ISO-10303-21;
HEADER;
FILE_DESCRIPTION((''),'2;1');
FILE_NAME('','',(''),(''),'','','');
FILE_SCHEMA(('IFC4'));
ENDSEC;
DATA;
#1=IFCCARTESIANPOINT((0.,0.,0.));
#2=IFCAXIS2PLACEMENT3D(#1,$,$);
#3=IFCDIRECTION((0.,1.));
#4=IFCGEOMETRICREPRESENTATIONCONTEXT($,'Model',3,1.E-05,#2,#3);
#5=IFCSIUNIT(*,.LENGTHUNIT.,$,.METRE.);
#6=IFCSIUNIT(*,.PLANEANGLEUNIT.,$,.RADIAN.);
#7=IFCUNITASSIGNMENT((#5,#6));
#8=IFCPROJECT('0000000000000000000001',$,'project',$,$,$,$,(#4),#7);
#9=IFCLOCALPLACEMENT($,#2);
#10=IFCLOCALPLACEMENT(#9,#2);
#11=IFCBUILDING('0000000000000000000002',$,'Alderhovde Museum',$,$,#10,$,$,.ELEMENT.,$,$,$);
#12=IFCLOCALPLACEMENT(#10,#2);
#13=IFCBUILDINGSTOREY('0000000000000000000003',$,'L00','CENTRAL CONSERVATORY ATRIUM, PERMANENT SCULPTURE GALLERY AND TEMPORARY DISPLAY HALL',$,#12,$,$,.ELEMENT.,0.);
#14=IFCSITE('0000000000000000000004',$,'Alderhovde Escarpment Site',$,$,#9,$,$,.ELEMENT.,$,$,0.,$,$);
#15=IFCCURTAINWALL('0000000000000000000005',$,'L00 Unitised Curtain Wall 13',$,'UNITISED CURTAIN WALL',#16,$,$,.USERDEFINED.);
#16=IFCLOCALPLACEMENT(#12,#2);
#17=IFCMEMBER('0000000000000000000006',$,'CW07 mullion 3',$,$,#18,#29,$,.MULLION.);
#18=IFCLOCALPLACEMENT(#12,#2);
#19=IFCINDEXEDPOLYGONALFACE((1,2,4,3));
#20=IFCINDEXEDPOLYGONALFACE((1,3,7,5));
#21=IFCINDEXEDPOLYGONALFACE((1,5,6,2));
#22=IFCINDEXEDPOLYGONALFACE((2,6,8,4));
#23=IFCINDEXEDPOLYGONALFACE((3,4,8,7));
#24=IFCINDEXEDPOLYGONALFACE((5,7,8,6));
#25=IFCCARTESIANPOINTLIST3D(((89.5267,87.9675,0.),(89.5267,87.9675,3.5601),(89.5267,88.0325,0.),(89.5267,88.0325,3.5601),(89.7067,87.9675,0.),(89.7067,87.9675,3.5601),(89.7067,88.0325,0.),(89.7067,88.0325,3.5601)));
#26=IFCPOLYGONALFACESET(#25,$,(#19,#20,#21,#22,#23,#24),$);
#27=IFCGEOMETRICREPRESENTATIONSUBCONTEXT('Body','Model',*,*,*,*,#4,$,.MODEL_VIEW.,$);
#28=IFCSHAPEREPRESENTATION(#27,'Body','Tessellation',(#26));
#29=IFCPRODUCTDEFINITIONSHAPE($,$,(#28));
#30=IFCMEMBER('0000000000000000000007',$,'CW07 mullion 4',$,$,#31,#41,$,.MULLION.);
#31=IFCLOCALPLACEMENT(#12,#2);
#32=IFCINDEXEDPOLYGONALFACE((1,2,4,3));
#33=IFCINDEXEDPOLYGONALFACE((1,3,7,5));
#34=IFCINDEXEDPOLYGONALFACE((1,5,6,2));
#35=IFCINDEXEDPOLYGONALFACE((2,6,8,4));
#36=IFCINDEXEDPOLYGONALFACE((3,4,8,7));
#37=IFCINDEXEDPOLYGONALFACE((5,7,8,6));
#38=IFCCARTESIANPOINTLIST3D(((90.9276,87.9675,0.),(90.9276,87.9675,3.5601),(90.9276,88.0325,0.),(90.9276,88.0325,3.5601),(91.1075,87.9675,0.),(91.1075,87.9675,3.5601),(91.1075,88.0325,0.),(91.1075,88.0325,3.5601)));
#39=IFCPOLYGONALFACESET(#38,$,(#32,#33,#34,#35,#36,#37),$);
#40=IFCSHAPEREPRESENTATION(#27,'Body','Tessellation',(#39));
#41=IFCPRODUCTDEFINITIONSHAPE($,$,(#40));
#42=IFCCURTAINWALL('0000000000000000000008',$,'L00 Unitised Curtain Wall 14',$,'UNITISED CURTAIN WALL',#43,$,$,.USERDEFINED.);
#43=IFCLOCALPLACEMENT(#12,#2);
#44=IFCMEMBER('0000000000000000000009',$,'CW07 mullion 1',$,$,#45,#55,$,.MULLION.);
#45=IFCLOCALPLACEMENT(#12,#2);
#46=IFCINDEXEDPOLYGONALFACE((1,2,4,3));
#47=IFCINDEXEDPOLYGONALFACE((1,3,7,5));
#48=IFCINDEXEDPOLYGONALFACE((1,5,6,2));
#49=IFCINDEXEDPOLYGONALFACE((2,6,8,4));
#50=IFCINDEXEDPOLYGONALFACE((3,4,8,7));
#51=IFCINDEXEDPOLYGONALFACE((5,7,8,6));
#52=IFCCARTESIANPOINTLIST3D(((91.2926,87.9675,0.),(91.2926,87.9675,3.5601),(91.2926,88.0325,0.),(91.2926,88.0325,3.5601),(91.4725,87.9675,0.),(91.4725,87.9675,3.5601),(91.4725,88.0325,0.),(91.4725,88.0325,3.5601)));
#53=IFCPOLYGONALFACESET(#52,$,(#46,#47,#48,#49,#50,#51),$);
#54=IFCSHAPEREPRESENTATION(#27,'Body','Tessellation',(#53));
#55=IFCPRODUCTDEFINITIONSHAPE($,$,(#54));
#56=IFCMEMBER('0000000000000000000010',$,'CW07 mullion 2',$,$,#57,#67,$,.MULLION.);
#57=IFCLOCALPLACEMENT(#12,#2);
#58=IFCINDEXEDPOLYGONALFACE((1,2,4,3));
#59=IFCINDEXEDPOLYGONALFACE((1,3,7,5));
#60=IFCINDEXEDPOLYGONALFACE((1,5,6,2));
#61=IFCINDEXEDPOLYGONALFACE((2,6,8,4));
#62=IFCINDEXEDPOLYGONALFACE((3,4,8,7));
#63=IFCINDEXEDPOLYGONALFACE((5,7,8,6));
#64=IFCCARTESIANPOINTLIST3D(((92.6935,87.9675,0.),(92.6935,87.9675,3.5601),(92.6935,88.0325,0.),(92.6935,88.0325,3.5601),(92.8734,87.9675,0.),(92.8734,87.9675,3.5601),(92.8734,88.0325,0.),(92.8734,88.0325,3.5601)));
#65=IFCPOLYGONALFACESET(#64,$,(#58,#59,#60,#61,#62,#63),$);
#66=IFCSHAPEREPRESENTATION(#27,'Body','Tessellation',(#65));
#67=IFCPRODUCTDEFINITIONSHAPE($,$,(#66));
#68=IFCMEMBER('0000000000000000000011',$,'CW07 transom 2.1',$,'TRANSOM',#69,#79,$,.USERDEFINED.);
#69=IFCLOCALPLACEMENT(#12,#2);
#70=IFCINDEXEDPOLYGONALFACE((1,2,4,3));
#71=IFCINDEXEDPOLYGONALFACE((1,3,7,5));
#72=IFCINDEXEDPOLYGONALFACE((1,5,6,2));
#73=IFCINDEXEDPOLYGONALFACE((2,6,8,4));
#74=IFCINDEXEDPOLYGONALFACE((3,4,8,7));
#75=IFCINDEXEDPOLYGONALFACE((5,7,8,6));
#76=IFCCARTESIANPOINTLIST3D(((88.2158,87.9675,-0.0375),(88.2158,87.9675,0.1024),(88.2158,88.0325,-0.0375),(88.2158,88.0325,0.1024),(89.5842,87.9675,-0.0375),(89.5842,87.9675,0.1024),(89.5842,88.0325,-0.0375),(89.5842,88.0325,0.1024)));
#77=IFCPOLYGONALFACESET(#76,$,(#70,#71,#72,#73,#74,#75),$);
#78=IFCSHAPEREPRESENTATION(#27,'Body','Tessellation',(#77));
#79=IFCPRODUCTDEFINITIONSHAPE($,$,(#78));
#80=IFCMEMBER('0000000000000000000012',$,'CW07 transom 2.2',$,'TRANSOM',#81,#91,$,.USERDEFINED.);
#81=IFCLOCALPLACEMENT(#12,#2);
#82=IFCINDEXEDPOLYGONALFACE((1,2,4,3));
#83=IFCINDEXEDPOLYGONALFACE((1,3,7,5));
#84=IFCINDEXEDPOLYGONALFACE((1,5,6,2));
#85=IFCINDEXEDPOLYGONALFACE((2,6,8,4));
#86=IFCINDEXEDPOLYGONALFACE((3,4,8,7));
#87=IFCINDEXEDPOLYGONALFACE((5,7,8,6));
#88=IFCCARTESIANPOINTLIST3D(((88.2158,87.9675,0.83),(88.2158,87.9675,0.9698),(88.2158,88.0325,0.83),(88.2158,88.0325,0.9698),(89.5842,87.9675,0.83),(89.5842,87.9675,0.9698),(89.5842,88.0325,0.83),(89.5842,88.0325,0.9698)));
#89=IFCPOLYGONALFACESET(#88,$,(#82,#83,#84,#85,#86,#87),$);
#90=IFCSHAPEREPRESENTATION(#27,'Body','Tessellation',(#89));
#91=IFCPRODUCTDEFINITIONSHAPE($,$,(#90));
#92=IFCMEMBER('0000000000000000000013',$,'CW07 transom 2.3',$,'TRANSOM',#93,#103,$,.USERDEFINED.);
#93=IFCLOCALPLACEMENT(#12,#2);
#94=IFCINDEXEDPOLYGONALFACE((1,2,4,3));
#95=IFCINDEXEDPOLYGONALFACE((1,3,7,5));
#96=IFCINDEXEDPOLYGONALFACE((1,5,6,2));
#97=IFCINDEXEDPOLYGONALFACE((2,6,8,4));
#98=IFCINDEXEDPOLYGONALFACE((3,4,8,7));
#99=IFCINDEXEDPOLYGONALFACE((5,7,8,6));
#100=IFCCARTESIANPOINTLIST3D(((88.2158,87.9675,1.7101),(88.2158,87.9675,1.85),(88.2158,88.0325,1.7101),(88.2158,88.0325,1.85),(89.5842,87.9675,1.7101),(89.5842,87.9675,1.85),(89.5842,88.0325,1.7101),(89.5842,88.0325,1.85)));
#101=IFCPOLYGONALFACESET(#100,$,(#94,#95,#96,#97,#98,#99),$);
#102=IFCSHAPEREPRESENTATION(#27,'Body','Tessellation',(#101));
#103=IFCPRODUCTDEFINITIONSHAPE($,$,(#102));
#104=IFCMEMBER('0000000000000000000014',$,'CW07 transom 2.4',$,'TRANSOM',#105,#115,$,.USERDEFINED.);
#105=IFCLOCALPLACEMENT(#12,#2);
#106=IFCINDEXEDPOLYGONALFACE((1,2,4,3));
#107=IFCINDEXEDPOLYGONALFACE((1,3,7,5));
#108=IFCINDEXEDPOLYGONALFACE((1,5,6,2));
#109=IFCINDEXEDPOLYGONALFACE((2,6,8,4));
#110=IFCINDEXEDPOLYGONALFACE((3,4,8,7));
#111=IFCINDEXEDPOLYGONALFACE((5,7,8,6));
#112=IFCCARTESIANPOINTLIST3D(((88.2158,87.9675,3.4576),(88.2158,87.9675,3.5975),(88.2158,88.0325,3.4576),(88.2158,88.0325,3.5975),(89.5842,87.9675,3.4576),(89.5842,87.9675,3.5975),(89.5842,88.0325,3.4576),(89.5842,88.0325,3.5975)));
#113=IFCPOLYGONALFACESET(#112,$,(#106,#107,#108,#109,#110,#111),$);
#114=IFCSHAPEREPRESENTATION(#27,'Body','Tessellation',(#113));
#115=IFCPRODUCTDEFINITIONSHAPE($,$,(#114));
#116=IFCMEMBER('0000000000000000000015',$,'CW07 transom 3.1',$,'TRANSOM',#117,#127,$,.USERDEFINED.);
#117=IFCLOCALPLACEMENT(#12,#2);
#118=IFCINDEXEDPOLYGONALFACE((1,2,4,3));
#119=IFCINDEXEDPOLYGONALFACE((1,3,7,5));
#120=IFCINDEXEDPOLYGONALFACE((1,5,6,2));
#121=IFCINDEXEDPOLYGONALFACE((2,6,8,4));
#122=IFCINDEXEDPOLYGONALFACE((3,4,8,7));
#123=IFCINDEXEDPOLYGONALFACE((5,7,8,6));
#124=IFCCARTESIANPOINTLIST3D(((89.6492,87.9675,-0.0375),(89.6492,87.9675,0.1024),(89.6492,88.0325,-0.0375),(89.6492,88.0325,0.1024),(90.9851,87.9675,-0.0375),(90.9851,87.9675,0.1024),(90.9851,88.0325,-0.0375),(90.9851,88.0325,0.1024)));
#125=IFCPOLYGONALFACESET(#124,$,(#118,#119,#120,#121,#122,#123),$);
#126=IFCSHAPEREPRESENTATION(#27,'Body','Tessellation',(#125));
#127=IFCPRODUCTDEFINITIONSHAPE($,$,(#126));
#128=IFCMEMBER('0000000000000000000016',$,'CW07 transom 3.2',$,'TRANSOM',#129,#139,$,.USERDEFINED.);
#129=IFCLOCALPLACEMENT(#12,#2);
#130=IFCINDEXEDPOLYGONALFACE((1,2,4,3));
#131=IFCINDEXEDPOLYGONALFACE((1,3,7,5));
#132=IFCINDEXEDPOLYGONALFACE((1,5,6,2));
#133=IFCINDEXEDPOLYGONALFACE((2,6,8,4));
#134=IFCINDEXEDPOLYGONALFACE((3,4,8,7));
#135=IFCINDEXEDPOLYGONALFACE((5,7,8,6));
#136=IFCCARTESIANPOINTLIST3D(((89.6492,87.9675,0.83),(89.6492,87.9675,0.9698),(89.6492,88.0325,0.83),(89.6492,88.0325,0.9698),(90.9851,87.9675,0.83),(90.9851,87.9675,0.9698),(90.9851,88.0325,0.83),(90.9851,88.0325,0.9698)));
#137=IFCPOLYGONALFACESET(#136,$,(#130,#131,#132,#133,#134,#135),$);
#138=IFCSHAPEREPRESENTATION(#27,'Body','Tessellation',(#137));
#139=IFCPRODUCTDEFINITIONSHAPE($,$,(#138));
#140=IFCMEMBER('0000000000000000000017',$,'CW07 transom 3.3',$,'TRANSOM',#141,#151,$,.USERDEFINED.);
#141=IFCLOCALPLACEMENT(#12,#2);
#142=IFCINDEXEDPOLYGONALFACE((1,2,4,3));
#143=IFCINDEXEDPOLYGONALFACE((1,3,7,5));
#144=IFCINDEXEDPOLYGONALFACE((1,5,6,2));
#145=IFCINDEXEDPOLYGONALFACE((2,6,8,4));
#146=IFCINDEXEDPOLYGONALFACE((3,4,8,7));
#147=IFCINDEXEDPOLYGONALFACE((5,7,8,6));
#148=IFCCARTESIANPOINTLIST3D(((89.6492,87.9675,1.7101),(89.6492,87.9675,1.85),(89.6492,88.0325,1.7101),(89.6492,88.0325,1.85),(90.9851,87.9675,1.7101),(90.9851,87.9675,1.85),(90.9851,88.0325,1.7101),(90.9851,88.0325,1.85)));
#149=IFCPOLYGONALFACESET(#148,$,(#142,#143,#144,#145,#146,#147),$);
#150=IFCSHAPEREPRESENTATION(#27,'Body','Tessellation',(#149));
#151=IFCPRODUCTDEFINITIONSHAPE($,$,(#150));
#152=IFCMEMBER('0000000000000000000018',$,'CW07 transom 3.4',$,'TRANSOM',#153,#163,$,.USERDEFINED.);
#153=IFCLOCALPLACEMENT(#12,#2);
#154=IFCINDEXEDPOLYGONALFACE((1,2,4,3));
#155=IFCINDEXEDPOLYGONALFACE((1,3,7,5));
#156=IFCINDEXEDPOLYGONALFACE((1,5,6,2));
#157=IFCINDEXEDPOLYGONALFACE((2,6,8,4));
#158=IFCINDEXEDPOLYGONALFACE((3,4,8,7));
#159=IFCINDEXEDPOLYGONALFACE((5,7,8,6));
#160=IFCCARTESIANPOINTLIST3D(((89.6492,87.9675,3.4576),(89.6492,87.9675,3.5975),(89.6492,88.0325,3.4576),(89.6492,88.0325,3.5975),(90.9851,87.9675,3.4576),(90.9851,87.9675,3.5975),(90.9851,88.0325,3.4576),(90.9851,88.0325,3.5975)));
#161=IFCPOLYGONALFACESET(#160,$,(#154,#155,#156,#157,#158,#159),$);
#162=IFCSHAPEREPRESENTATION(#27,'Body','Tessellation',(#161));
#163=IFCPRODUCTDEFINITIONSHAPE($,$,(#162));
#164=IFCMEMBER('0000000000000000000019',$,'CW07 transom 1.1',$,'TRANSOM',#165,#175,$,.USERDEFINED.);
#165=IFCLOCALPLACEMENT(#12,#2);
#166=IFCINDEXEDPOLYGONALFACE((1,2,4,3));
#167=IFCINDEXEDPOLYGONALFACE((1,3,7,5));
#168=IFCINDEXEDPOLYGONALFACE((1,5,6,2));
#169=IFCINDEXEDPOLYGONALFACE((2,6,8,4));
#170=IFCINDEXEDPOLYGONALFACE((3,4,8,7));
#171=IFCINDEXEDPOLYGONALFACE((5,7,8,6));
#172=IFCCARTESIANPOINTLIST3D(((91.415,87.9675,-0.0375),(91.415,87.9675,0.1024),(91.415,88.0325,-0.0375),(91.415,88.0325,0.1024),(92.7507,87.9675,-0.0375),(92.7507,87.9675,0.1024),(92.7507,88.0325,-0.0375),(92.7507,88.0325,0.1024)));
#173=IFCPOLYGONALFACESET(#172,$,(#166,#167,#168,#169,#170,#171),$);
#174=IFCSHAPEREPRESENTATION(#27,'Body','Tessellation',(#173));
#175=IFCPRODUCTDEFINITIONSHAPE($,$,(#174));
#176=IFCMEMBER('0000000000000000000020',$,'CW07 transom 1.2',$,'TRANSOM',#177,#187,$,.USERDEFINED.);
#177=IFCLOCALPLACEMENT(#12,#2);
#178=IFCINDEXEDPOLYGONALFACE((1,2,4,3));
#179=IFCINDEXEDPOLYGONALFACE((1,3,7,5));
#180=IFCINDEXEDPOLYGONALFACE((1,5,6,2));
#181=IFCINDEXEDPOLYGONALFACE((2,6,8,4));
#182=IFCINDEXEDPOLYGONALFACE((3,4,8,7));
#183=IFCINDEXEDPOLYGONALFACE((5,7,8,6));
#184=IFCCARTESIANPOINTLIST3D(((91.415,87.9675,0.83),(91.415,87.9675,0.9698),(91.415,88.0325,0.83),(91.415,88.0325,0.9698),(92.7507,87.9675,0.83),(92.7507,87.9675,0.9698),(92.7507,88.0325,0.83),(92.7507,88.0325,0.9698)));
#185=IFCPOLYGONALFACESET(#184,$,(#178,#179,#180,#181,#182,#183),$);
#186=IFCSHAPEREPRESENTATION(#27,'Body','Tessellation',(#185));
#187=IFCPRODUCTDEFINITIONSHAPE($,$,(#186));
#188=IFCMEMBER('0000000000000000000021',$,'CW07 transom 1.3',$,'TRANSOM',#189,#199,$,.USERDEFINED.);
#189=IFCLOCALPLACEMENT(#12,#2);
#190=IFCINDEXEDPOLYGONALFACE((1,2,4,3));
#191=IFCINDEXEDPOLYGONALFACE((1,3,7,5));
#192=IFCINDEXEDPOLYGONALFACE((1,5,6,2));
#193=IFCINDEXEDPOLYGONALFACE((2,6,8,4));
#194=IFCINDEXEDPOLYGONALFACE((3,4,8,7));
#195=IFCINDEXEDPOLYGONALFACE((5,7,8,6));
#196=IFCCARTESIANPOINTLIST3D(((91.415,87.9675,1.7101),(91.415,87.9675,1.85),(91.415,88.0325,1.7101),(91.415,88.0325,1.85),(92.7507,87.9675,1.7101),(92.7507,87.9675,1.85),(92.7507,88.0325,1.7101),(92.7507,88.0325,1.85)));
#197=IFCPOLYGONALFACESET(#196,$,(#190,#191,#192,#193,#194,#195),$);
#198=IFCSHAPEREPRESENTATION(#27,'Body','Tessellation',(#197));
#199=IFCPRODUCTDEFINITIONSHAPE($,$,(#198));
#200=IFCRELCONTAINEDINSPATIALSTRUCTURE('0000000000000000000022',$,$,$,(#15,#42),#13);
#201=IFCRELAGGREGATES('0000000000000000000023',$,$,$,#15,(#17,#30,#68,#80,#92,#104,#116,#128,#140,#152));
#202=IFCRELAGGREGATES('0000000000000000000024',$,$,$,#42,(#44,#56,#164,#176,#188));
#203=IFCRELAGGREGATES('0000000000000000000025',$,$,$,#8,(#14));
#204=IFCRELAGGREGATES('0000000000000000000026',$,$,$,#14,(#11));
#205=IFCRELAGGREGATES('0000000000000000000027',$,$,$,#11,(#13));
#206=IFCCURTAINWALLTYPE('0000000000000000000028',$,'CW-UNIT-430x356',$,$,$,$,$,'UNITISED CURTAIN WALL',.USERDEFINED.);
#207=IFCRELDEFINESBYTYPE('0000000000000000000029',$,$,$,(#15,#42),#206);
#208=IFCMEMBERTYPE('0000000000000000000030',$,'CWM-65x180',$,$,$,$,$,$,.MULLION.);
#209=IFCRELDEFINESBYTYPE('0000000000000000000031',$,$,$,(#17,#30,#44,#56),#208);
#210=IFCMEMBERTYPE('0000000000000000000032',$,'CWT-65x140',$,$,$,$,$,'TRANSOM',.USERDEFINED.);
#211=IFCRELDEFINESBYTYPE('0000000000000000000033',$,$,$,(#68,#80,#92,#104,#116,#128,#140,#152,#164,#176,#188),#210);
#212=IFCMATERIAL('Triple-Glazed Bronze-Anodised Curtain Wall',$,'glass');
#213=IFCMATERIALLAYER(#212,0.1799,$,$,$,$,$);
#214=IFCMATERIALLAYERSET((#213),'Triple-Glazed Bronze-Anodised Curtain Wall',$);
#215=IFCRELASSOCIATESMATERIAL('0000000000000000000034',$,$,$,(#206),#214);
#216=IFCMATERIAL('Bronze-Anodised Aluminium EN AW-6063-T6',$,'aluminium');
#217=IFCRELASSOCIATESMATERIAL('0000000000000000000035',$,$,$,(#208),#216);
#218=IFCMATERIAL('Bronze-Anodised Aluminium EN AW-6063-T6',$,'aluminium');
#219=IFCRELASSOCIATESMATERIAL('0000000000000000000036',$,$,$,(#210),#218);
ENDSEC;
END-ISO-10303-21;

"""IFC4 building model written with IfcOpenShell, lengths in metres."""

from ifc_helpers import new_model, si_unit, direction, frame, origin, origin_2d, place, context, subcontext, project, spatial, rectangle, extrude, material, layer, layer_set, material_profile, profile_set, type_object, element, aggregate, save


model = new_model("IFC4")

# Units and contexts
model_context = context("Model", 3, precision=1e-05, world=origin(), true_north=direction((0.0, 1.0)))
body_context = subcontext(model_context, "Body", "Model", "MODEL_VIEW")
ifc_project = project(units=[si_unit("LENGTHUNIT", "METRE"), si_unit("PLANEANGLEUNIT", "RADIAN")], contexts=[model_context])

# Site, building, storey
site_placement = place(None, origin())
site = spatial("IfcSite", under=ifc_project, at=site_placement, Name="Alderhovde Escarpment Site", CompositionType="ELEMENT", RefElevation=0.0)
building_placement = place(site_placement, origin())
building = spatial("IfcBuilding", under=site, at=building_placement, Name="Alderhovde Museum", CompositionType="ELEMENT")
storey_placement = place(building_placement, origin())
storey = spatial("IfcBuildingStorey", under=building, at=storey_placement, Name="L00", Description="CENTRAL CONSERVATORY ATRIUM, PERMANENT SCULPTURE GALLERY AND TEMPORARY DISPLAY HALL", CompositionType="ELEMENT", Elevation=0.0)

# Curtain walls, members
ifc_material_1 = material(Name="Triple-Glazed Bronze-Anodised Curtain Wall", Category="glass")
ifc_layer_1 = layer(ifc_material_1, 0.1799)
ifc_layer_set_1 = layer_set([ifc_layer_1], Name="Triple-Glazed Bronze-Anodised Curtain Wall")
curtain_wall_type = type_object("IfcCurtainWallType", Name="CW-UNIT-430x356", ElementType="UNITISED CURTAIN WALL", PredefinedType="USERDEFINED", material=ifc_layer_set_1)
curtain_wall_1_placement = place(storey_placement, origin())
curtain_wall_1 = element("IfcCurtainWall", 1, at=curtain_wall_1_placement, inside=storey, type_object=curtain_wall_type, Name="L00 Unitised Curtain Wall 13", ObjectType="UNITISED CURTAIN WALL", PredefinedType="USERDEFINED")
ifc_material_2 = material(Name="Bronze-Anodised Aluminium EN AW-6063-T6", Category="aluminium")
ifc_material_profile_1 = material_profile(ifc_material_2, rectangle(XDim=0.0649, YDim=0.1799, at=origin_2d()), Name="MULLION 65x180")
ifc_profile_set_1 = profile_set([ifc_material_profile_1], Name="Bronze-Anodised Aluminium EN AW-6063-T6")
member_type_1 = type_object("IfcMemberType", Name="CWM-65x180", PredefinedType="MULLION", material=ifc_profile_set_1)
member_1_placement = place(storey_placement, frame((89.6167, 88.0, 0.0), z_axis=(0.0, 0.0, 1.0), x_axis=(0.0, 1.0, 0.0)))
member_1 = element("IfcMember", 2, at=member_1_placement, type_object=member_type_1, Name="CW07 mullion 3", PredefinedType="MULLION", context=body_context, shape_type="SweptSolid", body=[
    extrude(rectangle(XDim=0.0649, YDim=0.1799, at=origin_2d()), origin(), (0.0, 0.0, 1.0), 3.5601),
])
member_2_placement = place(storey_placement, frame((91.0176, 88.0, 0.0), z_axis=(0.0, 0.0, 1.0), x_axis=(0.0, 1.0, 0.0)))
member_2 = element("IfcMember", 3, at=member_2_placement, type_object=member_type_1, Name="CW07 mullion 4", PredefinedType="MULLION", context=body_context, shape_type="SweptSolid", body=[
    extrude(rectangle(XDim=0.0649, YDim=0.1799, at=origin_2d()), origin(), (0.0, 0.0, 1.0), 3.5601),
])
curtain_wall_2_placement = place(storey_placement, origin())
curtain_wall_2 = element("IfcCurtainWall", 4, at=curtain_wall_2_placement, inside=storey, type_object=curtain_wall_type, Name="L00 Unitised Curtain Wall 14", ObjectType="UNITISED CURTAIN WALL", PredefinedType="USERDEFINED")
member_3_placement = place(storey_placement, frame((91.3826, 88.0, 0.0), z_axis=(0.0, 0.0, 1.0), x_axis=(0.0, 1.0, 0.0)))
member_3 = element("IfcMember", 5, at=member_3_placement, type_object=member_type_1, Name="CW07 mullion 1", PredefinedType="MULLION", context=body_context, shape_type="SweptSolid", body=[
    extrude(rectangle(XDim=0.0649, YDim=0.1799, at=origin_2d()), origin(), (0.0, 0.0, 1.0), 3.5601),
])
member_4_placement = place(storey_placement, frame((92.7834, 88.0, 0.0), z_axis=(0.0, 0.0, 1.0), x_axis=(0.0, 1.0, 0.0)))
member_4 = element("IfcMember", 6, at=member_4_placement, type_object=member_type_1, Name="CW07 mullion 2", PredefinedType="MULLION", context=body_context, shape_type="SweptSolid", body=[
    extrude(rectangle(XDim=0.0649, YDim=0.1799, at=origin_2d()), origin(), (0.0, 0.0, 1.0), 3.5601),
])

# Members
ifc_material_3 = material(Name="Bronze-Anodised Aluminium EN AW-6063-T6", Category="aluminium")
ifc_material_profile_2 = material_profile(ifc_material_3, rectangle(XDim=0.0649, YDim=0.1399, at=origin_2d()), Name="TRANSOM 65x140")
ifc_profile_set_2 = profile_set([ifc_material_profile_2], Name="Bronze-Anodised Aluminium EN AW-6063-T6")
member_type_2 = type_object("IfcMemberType", Name="CWT-65x140", ElementType="TRANSOM", PredefinedType="USERDEFINED", material=ifc_profile_set_2)
member_5_placement = place(storey_placement, frame((88.2158, 88.0, 0.0325), z_axis=(1.0, 0.0, 0.0), x_axis=(0.0, 1.0, 0.0)))
member_5 = element("IfcMember", 7, at=member_5_placement, type_object=member_type_2, Name="CW07 transom 2.1", ObjectType="TRANSOM", PredefinedType="USERDEFINED", context=body_context, shape_type="SweptSolid", body=[
    extrude(rectangle(XDim=0.0649, YDim=0.1399, at=origin_2d()), origin(), (0.0, 0.0, 1.0), 1.3684),
])
member_6_placement = place(storey_placement, frame((88.2158, 88.0, 0.8999), z_axis=(1.0, 0.0, 0.0), x_axis=(0.0, 1.0, 0.0)))
member_6 = element("IfcMember", 8, at=member_6_placement, type_object=member_type_2, Name="CW07 transom 2.2", ObjectType="TRANSOM", PredefinedType="USERDEFINED", context=body_context, shape_type="SweptSolid", body=[
    extrude(rectangle(XDim=0.0649, YDim=0.1399, at=origin_2d()), origin(), (0.0, 0.0, 1.0), 1.3684),
])
member_7_placement = place(storey_placement, frame((88.2158, 88.0, 1.78), z_axis=(1.0, 0.0, 0.0), x_axis=(0.0, 1.0, 0.0)))
member_7 = element("IfcMember", 9, at=member_7_placement, type_object=member_type_2, Name="CW07 transom 2.3", ObjectType="TRANSOM", PredefinedType="USERDEFINED", context=body_context, shape_type="SweptSolid", body=[
    extrude(rectangle(XDim=0.0649, YDim=0.1399, at=origin_2d()), origin(), (0.0, 0.0, 1.0), 1.3684),
])
member_8_placement = place(storey_placement, frame((88.2158, 88.0, 3.5276), z_axis=(1.0, 0.0, 0.0), x_axis=(0.0, 1.0, 0.0)))
member_8 = element("IfcMember", 10, at=member_8_placement, type_object=member_type_2, Name="CW07 transom 2.4", ObjectType="TRANSOM", PredefinedType="USERDEFINED", context=body_context, shape_type="SweptSolid", body=[
    extrude(rectangle(XDim=0.0649, YDim=0.1399, at=origin_2d()), origin(), (0.0, 0.0, 1.0), 1.3684),
])
member_9_placement = place(storey_placement, frame((89.6492, 88.0, 0.0325), z_axis=(1.0, 0.0, 0.0), x_axis=(0.0, 1.0, 0.0)))
member_9 = element("IfcMember", 11, at=member_9_placement, type_object=member_type_2, Name="CW07 transom 3.1", ObjectType="TRANSOM", PredefinedType="USERDEFINED", context=body_context, shape_type="SweptSolid", body=[
    extrude(rectangle(XDim=0.0649, YDim=0.1399, at=origin_2d()), origin(), (0.0, 0.0, 1.0), 1.3359),
])
member_10_placement = place(storey_placement, frame((89.6492, 88.0, 0.8999), z_axis=(1.0, 0.0, 0.0), x_axis=(0.0, 1.0, 0.0)))
member_10 = element("IfcMember", 12, at=member_10_placement, type_object=member_type_2, Name="CW07 transom 3.2", ObjectType="TRANSOM", PredefinedType="USERDEFINED", context=body_context, shape_type="SweptSolid", body=[
    extrude(rectangle(XDim=0.0649, YDim=0.1399, at=origin_2d()), origin(), (0.0, 0.0, 1.0), 1.3359),
])
member_11_placement = place(storey_placement, frame((89.6492, 88.0, 1.78), z_axis=(1.0, 0.0, 0.0), x_axis=(0.0, 1.0, 0.0)))
member_11 = element("IfcMember", 13, at=member_11_placement, type_object=member_type_2, Name="CW07 transom 3.3", ObjectType="TRANSOM", PredefinedType="USERDEFINED", context=body_context, shape_type="SweptSolid", body=[
    extrude(rectangle(XDim=0.0649, YDim=0.1399, at=origin_2d()), origin(), (0.0, 0.0, 1.0), 1.3359),
])
member_12_placement = place(storey_placement, frame((89.6492, 88.0, 3.5276), z_axis=(1.0, 0.0, 0.0), x_axis=(0.0, 1.0, 0.0)))
member_12 = element("IfcMember", 14, at=member_12_placement, type_object=member_type_2, Name="CW07 transom 3.4", ObjectType="TRANSOM", PredefinedType="USERDEFINED", context=body_context, shape_type="SweptSolid", body=[
    extrude(rectangle(XDim=0.0649, YDim=0.1399, at=origin_2d()), origin(), (0.0, 0.0, 1.0), 1.3359),
])
member_13_placement = place(storey_placement, frame((91.415, 88.0, 0.0325), z_axis=(1.0, 0.0, 0.0), x_axis=(0.0, 1.0, 0.0)))
member_13 = element("IfcMember", 15, at=member_13_placement, type_object=member_type_2, Name="CW07 transom 1.1", ObjectType="TRANSOM", PredefinedType="USERDEFINED", context=body_context, shape_type="SweptSolid", body=[
    extrude(rectangle(XDim=0.0649, YDim=0.1399, at=origin_2d()), origin(), (0.0, 0.0, 1.0), 1.3357),
])
member_14_placement = place(storey_placement, frame((91.415, 88.0, 0.8999), z_axis=(1.0, 0.0, 0.0), x_axis=(0.0, 1.0, 0.0)))
member_14 = element("IfcMember", 16, at=member_14_placement, type_object=member_type_2, Name="CW07 transom 1.2", ObjectType="TRANSOM", PredefinedType="USERDEFINED", context=body_context, shape_type="SweptSolid", body=[
    extrude(rectangle(XDim=0.0649, YDim=0.1399, at=origin_2d()), origin(), (0.0, 0.0, 1.0), 1.3357),
])
member_15_placement = place(storey_placement, frame((91.415, 88.0, 1.78), z_axis=(1.0, 0.0, 0.0), x_axis=(0.0, 1.0, 0.0)))
member_15 = element("IfcMember", 17, at=member_15_placement, type_object=member_type_2, Name="CW07 transom 1.3", ObjectType="TRANSOM", PredefinedType="USERDEFINED", context=body_context, shape_type="SweptSolid", body=[
    extrude(rectangle(XDim=0.0649, YDim=0.1399, at=origin_2d()), origin(), (0.0, 0.0, 1.0), 1.3357),
])

aggregate(curtain_wall_1, [member_1, member_2, member_5, member_6, member_7, member_8, member_9, member_10, member_11, member_12])
aggregate(curtain_wall_2, [member_3, member_4, member_13, member_14, member_15])

save(model, "model.ifc")
